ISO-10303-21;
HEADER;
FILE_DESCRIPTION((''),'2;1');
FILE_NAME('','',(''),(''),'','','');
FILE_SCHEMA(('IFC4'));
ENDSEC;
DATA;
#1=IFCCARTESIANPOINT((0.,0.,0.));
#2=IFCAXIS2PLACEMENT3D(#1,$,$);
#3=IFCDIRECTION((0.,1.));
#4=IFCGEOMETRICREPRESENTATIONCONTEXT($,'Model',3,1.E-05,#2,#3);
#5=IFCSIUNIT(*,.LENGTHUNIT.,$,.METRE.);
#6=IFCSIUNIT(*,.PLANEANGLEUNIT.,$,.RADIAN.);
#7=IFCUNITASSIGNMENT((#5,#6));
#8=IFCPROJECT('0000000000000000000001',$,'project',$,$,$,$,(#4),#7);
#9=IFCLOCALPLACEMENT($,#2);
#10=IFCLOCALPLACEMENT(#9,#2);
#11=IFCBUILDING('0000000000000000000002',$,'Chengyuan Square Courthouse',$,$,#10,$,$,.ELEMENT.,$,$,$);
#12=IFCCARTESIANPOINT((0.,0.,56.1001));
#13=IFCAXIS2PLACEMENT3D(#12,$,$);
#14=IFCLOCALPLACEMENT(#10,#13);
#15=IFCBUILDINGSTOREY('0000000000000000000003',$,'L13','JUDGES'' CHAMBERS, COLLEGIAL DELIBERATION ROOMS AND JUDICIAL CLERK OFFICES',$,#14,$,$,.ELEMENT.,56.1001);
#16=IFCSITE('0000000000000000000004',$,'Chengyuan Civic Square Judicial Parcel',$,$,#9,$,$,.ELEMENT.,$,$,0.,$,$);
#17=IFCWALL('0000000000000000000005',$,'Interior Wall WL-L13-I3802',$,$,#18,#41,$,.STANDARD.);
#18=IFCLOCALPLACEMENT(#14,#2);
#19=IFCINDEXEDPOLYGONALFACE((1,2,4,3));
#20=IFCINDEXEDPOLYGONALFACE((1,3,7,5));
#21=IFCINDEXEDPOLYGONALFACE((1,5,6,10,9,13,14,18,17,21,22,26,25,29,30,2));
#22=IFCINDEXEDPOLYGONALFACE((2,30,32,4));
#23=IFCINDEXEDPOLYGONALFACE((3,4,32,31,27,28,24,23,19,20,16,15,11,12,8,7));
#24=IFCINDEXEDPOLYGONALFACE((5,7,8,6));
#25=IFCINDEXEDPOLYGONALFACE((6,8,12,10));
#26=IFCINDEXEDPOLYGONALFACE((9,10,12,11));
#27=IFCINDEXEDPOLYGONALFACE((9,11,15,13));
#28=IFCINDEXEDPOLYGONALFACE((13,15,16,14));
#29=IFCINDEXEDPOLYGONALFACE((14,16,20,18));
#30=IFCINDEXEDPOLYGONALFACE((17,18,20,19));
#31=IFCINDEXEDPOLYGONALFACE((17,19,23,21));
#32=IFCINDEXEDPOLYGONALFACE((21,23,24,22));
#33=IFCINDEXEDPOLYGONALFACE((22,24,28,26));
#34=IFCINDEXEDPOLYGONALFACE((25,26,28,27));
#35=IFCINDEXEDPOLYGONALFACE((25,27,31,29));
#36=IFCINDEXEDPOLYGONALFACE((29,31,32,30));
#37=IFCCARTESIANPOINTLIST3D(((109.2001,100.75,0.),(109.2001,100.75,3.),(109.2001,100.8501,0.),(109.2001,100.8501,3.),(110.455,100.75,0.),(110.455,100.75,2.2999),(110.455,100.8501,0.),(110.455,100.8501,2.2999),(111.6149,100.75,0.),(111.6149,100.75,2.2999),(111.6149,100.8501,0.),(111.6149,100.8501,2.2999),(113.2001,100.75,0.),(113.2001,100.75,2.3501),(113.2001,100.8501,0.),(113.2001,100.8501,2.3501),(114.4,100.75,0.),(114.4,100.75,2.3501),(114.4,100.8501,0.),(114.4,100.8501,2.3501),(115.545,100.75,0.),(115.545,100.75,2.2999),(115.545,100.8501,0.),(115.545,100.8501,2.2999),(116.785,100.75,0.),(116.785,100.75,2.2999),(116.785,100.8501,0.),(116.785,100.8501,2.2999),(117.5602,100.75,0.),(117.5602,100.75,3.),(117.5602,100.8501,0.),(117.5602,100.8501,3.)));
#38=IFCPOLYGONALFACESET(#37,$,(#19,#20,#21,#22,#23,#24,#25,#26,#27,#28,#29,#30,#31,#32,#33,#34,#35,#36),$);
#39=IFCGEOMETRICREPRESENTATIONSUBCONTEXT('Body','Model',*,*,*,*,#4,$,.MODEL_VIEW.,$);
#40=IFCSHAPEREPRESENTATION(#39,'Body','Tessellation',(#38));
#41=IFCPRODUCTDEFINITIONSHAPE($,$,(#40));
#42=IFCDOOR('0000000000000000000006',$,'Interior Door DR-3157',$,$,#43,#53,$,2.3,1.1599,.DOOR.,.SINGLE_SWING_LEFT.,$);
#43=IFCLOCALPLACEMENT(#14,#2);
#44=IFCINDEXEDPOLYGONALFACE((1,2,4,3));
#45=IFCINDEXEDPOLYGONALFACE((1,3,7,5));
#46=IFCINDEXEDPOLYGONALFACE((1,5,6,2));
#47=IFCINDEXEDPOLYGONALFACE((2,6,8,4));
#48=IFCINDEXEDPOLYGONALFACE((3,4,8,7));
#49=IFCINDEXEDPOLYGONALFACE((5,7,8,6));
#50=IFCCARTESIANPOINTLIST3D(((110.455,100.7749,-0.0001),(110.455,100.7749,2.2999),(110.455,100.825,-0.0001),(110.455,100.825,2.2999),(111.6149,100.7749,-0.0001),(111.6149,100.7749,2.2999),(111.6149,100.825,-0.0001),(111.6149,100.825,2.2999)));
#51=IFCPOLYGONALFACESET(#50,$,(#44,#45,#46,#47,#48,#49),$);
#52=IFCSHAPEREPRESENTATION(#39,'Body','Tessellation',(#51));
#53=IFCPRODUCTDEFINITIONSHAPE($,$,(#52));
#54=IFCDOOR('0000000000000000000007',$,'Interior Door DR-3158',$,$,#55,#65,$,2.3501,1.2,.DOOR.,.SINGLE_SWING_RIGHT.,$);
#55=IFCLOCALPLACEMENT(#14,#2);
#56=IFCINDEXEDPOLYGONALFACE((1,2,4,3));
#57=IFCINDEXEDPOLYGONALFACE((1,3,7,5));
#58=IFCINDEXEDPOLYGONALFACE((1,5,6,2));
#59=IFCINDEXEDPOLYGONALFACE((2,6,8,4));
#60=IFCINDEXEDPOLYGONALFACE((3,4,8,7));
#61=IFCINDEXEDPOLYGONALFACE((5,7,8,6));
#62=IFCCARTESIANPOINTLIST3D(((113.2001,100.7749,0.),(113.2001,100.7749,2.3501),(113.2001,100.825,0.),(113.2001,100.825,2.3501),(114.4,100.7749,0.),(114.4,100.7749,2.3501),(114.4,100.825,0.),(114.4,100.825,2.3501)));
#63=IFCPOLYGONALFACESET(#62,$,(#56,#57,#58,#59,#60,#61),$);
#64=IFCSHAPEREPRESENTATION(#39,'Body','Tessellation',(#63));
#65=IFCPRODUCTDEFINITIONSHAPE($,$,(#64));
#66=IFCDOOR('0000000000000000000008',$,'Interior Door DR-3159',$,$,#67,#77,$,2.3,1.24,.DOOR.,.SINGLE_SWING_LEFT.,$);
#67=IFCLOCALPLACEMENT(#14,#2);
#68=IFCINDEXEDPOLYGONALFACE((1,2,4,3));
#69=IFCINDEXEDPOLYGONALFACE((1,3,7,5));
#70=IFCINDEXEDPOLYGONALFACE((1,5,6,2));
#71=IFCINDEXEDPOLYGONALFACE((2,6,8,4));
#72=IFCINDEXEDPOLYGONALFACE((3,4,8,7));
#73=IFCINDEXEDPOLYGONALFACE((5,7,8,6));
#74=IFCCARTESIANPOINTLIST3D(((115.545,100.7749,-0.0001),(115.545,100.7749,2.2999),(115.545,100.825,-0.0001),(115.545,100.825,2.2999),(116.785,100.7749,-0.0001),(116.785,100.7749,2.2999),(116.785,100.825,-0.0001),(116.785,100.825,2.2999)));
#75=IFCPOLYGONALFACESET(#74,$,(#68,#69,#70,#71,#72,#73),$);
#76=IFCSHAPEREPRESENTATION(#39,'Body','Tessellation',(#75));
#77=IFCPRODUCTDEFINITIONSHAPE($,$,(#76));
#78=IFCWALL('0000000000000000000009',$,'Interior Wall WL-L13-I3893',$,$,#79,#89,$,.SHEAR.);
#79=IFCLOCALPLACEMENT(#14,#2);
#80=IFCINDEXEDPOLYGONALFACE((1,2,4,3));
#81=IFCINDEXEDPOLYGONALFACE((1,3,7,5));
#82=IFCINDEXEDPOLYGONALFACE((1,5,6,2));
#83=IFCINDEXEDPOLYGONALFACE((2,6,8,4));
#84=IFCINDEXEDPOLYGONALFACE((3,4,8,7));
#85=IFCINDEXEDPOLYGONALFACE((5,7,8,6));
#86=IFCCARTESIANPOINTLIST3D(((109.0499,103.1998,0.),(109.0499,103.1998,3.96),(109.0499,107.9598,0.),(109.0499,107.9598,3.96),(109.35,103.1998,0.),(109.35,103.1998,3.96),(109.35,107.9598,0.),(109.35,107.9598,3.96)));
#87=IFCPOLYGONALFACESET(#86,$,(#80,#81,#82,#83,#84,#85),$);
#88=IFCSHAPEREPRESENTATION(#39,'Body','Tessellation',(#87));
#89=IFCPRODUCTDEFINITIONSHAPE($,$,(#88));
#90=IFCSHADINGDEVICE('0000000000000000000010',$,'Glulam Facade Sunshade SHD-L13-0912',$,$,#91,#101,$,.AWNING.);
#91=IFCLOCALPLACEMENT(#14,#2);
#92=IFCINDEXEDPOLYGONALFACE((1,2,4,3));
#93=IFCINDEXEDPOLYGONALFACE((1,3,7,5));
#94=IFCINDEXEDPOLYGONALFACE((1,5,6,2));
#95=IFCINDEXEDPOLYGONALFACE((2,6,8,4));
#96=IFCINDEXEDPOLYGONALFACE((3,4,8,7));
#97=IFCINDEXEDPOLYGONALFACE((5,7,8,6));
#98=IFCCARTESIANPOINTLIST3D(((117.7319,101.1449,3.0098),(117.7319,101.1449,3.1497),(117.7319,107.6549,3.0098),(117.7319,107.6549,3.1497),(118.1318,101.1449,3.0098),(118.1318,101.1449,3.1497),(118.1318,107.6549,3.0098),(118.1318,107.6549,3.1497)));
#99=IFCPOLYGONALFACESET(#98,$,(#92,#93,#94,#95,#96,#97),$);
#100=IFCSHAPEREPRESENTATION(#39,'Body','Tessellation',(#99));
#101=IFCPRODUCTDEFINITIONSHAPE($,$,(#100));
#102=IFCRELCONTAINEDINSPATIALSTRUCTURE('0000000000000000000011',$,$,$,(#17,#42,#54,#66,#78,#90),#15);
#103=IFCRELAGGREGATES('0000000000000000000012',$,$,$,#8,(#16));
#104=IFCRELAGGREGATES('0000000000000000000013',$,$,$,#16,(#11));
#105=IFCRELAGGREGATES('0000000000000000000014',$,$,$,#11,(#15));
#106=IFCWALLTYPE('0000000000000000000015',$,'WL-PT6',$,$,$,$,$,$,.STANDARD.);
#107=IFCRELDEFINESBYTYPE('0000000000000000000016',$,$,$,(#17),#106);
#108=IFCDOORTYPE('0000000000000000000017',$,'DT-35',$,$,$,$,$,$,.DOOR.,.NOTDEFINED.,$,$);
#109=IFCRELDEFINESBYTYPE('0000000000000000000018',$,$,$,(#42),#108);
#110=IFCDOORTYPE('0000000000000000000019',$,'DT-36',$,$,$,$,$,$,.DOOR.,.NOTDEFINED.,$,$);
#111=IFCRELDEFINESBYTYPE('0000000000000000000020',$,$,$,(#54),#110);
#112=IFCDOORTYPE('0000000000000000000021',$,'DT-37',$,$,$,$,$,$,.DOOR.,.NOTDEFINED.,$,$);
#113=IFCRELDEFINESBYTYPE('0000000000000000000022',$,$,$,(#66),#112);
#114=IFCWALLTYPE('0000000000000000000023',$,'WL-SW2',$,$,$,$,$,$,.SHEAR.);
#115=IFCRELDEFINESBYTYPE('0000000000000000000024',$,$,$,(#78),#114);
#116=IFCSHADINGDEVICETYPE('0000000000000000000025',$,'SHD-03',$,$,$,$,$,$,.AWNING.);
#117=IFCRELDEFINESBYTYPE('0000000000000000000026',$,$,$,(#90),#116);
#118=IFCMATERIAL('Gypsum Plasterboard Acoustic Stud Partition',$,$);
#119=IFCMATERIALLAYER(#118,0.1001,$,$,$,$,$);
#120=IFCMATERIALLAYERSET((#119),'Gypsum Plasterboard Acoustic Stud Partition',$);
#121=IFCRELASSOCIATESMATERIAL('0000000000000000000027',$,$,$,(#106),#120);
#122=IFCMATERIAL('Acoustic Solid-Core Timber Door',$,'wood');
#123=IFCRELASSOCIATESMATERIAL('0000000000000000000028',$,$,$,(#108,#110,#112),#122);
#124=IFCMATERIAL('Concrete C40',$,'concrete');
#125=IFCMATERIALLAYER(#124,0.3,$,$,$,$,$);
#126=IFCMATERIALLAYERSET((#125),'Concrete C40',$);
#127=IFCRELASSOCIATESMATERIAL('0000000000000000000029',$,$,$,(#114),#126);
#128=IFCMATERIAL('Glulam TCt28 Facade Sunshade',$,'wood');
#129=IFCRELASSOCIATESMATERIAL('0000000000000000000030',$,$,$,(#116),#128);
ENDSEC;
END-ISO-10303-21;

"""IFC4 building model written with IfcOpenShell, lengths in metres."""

from ifc_helpers import new_model, si_unit, direction, frame, frame_2d, origin, origin_2d, place, context, subcontext, project, spatial, rectangle, extrude, material, layer, layer_set, type_object, element, fill, save


model = new_model("IFC4")

# Units and contexts
model_context = context("Model", 3, precision=1e-05, world=origin(), true_north=direction((0.0, 1.0)))
body_context = subcontext(model_context, "Body", "Model", "MODEL_VIEW")
ifc_project = project(units=[si_unit("LENGTHUNIT", "METRE"), si_unit("PLANEANGLEUNIT", "RADIAN")], contexts=[model_context])

# Site, building, storey
site_placement = place(None, origin())
site = spatial("IfcSite", under=ifc_project, at=site_placement, Name="Chengyuan Civic Square Judicial Parcel", CompositionType="ELEMENT", RefElevation=0.0)
building_placement = place(site_placement, origin())
building = spatial("IfcBuilding", under=site, at=building_placement, Name="Chengyuan Square Courthouse", CompositionType="ELEMENT")
storey_placement = place(building_placement, frame((0.0, 0.0, 56.1001)))
storey = spatial("IfcBuildingStorey", under=building, at=storey_placement, Name="L13", Description="JUDGES' CHAMBERS, COLLEGIAL DELIBERATION ROOMS AND JUDICIAL CLERK OFFICES", CompositionType="ELEMENT", Elevation=56.1001)

# Shared definitions
ifc_material_1 = material(Name="Concrete C40", Category="concrete")

# Shared definitions
ifc_material_2 = material(Name="Acoustic Solid-Core Timber Door", Category="wood")

# Wall, openings, doors
ifc_material_3 = material(Name="Gypsum Plasterboard Acoustic Stud Partition")
ifc_layer_1 = layer(ifc_material_3, 0.1001)
ifc_layer_set_1 = layer_set([ifc_layer_1], Name="Gypsum Plasterboard Acoustic Stud Partition")
wall_type_1 = type_object("IfcWallType", Name="WL-PT6", PredefinedType="STANDARD", material=ifc_layer_set_1)
wall_1_placement = place(storey_placement, frame((109.2, 100.8, 0.0), z_axis=(0.0, 0.0, 1.0), x_axis=(1.0, 0.0, 0.0)))
wall_1 = element("IfcWall", 1, at=wall_1_placement, inside=storey, type_object=wall_type_1, Name="Interior Wall WL-L13-I3802", PredefinedType="STANDARD", context=body_context, shape_type="SweptSolid", body=[
    extrude(rectangle(XDim=8.3601, YDim=0.1001, at=frame_2d((4.1802, 0.0))), origin(), (0.0, 0.0, 1.0), 3.0),
])
opening_1_placement = place(wall_1_placement, frame((1.2549, 0.0, 0.0)))
opening_1 = element("IfcOpeningElement", 2, at=opening_1_placement, cuts=wall_1, PredefinedType="OPENING", context=body_context, shape_type="SweptSolid", body=[
    extrude(rectangle(XDim=1.1599, YDim=2.3, at=frame_2d((0.5801, 1.1499))), frame((0.0, 0.062, 0.0), z_axis=(0.0, -1.0, 0.0), x_axis=(1.0, 0.0, 0.0)), (0.0, 0.0, 1.0), 0.124),
])
opening_2_placement = place(wall_1_placement, frame((4.0, 0.0, 0.0)))
opening_2 = element("IfcOpeningElement", 3, at=opening_2_placement, cuts=wall_1, PredefinedType="OPENING", context=body_context, shape_type="SweptSolid", body=[
    extrude(rectangle(XDim=1.2, YDim=2.3501, at=frame_2d((0.6001, 1.175))), frame((0.0, 0.062, 0.0), z_axis=(0.0, -1.0, 0.0), x_axis=(1.0, 0.0, 0.0)), (0.0, 0.0, 1.0), 0.124),
])
opening_3_placement = place(wall_1_placement, frame((6.345, 0.0, 0.0)))
opening_3 = element("IfcOpeningElement", 4, at=opening_3_placement, cuts=wall_1, PredefinedType="OPENING", context=body_context, shape_type="SweptSolid", body=[
    extrude(rectangle(XDim=1.24, YDim=2.3, at=frame_2d((0.6201, 1.1499))), frame((0.0, 0.062, 0.0), z_axis=(0.0, -1.0, 0.0), x_axis=(1.0, 0.0, 0.0)), (0.0, 0.0, 1.0), 0.124),
])
door_type_1 = type_object("IfcDoorType", Name="DT-35", OperationType="NOTDEFINED", PredefinedType="DOOR", material=ifc_material_2)
door_1_placement = place(opening_1_placement, origin())
door_1 = element("IfcDoor", 5, at=door_1_placement, inside=storey, type_object=door_type_1, Name="Interior Door DR-3157", OperationType="SINGLE_SWING_LEFT", OverallHeight=2.3, OverallWidth=1.1599, PredefinedType="DOOR", context=body_context, shape_type="SweptSolid", body=[
    extrude(rectangle(XDim=1.1599, YDim=2.3, at=frame_2d((0.5801, 1.1499))), frame((0.0, 0.0249, 0.0), z_axis=(0.0, -1.0, 0.0), x_axis=(1.0, 0.0, 0.0)), (0.0, 0.0, 1.0), 0.05),
])
fill(opening_1, door_1)
door_type_2 = type_object("IfcDoorType", Name="DT-36", OperationType="NOTDEFINED", PredefinedType="DOOR", material=ifc_material_2)
door_2_placement = place(opening_2_placement, origin())
door_2 = element("IfcDoor", 6, at=door_2_placement, inside=storey, type_object=door_type_2, Name="Interior Door DR-3158", OperationType="SINGLE_SWING_RIGHT", OverallHeight=2.3501, OverallWidth=1.2, PredefinedType="DOOR", context=body_context, shape_type="SweptSolid", body=[
    extrude(rectangle(XDim=1.2, YDim=2.3501, at=frame_2d((0.6001, 1.175))), frame((0.0, 0.0249, 0.0), z_axis=(0.0, -1.0, 0.0), x_axis=(1.0, 0.0, 0.0)), (0.0, 0.0, 1.0), 0.05),
])
fill(opening_2, door_2)
door_type_3 = type_object("IfcDoorType", Name="DT-37", OperationType="NOTDEFINED", PredefinedType="DOOR", material=ifc_material_2)
door_3_placement = place(opening_3_placement, origin())
door_3 = element("IfcDoor", 7, at=door_3_placement, inside=storey, type_object=door_type_3, Name="Interior Door DR-3159", OperationType="SINGLE_SWING_LEFT", OverallHeight=2.3, OverallWidth=1.24, PredefinedType="DOOR", context=body_context, shape_type="SweptSolid", body=[
    extrude(rectangle(XDim=1.24, YDim=2.3, at=frame_2d((0.6201, 1.1499))), frame((0.0, 0.0249, 0.0), z_axis=(0.0, -1.0, 0.0), x_axis=(1.0, 0.0, 0.0)), (0.0, 0.0, 1.0), 0.05),
])
fill(opening_3, door_3)

# Wall
ifc_layer_2 = layer(ifc_material_1, 0.3)
ifc_layer_set_2 = layer_set([ifc_layer_2], Name="Concrete C40")
wall_type_2 = type_object("IfcWallType", Name="WL-SW2", PredefinedType="SHEAR", material=ifc_layer_set_2)
wall_2_placement = place(storey_placement, frame((109.2, 103.2, 0.0), z_axis=(0.0, 0.0, 1.0), x_axis=(0.0, 1.0, 0.0)))
element("IfcWall", 8, at=wall_2_placement, inside=storey, type_object=wall_type_2, Name="Interior Wall WL-L13-I3893", PredefinedType="SHEAR", context=body_context, shape_type="SweptSolid", body=[
    extrude(rectangle(XDim=4.76, YDim=0.3, at=frame_2d((2.3799, 0.0))), origin(), (0.0, 0.0, 1.0), 3.96),
])

# Shading device
ifc_material_4 = material(Name="Glulam TCt28 Facade Sunshade", Category="wood")
shading_device_type = type_object("IfcShadingDeviceType", Name="SHD-03", PredefinedType="AWNING", material=ifc_material_4)
shading_device_placement = place(storey_placement, frame((117.9319, 104.3999, 3.0098), z_axis=(0.0, 0.0, 1.0), x_axis=(0.0, 1.0, 0.0)))
element("IfcShadingDevice", 9, at=shading_device_placement, inside=storey, type_object=shading_device_type, Name="Glulam Facade Sunshade SHD-L13-0912", PredefinedType="AWNING", context=body_context, shape_type="SweptSolid", body=[
    extrude(rectangle(XDim=6.51, YDim=0.3999, at=origin_2d()), origin(), (0.0, 0.0, 1.0), 0.1399),
])

save(model, "model.ifc")
